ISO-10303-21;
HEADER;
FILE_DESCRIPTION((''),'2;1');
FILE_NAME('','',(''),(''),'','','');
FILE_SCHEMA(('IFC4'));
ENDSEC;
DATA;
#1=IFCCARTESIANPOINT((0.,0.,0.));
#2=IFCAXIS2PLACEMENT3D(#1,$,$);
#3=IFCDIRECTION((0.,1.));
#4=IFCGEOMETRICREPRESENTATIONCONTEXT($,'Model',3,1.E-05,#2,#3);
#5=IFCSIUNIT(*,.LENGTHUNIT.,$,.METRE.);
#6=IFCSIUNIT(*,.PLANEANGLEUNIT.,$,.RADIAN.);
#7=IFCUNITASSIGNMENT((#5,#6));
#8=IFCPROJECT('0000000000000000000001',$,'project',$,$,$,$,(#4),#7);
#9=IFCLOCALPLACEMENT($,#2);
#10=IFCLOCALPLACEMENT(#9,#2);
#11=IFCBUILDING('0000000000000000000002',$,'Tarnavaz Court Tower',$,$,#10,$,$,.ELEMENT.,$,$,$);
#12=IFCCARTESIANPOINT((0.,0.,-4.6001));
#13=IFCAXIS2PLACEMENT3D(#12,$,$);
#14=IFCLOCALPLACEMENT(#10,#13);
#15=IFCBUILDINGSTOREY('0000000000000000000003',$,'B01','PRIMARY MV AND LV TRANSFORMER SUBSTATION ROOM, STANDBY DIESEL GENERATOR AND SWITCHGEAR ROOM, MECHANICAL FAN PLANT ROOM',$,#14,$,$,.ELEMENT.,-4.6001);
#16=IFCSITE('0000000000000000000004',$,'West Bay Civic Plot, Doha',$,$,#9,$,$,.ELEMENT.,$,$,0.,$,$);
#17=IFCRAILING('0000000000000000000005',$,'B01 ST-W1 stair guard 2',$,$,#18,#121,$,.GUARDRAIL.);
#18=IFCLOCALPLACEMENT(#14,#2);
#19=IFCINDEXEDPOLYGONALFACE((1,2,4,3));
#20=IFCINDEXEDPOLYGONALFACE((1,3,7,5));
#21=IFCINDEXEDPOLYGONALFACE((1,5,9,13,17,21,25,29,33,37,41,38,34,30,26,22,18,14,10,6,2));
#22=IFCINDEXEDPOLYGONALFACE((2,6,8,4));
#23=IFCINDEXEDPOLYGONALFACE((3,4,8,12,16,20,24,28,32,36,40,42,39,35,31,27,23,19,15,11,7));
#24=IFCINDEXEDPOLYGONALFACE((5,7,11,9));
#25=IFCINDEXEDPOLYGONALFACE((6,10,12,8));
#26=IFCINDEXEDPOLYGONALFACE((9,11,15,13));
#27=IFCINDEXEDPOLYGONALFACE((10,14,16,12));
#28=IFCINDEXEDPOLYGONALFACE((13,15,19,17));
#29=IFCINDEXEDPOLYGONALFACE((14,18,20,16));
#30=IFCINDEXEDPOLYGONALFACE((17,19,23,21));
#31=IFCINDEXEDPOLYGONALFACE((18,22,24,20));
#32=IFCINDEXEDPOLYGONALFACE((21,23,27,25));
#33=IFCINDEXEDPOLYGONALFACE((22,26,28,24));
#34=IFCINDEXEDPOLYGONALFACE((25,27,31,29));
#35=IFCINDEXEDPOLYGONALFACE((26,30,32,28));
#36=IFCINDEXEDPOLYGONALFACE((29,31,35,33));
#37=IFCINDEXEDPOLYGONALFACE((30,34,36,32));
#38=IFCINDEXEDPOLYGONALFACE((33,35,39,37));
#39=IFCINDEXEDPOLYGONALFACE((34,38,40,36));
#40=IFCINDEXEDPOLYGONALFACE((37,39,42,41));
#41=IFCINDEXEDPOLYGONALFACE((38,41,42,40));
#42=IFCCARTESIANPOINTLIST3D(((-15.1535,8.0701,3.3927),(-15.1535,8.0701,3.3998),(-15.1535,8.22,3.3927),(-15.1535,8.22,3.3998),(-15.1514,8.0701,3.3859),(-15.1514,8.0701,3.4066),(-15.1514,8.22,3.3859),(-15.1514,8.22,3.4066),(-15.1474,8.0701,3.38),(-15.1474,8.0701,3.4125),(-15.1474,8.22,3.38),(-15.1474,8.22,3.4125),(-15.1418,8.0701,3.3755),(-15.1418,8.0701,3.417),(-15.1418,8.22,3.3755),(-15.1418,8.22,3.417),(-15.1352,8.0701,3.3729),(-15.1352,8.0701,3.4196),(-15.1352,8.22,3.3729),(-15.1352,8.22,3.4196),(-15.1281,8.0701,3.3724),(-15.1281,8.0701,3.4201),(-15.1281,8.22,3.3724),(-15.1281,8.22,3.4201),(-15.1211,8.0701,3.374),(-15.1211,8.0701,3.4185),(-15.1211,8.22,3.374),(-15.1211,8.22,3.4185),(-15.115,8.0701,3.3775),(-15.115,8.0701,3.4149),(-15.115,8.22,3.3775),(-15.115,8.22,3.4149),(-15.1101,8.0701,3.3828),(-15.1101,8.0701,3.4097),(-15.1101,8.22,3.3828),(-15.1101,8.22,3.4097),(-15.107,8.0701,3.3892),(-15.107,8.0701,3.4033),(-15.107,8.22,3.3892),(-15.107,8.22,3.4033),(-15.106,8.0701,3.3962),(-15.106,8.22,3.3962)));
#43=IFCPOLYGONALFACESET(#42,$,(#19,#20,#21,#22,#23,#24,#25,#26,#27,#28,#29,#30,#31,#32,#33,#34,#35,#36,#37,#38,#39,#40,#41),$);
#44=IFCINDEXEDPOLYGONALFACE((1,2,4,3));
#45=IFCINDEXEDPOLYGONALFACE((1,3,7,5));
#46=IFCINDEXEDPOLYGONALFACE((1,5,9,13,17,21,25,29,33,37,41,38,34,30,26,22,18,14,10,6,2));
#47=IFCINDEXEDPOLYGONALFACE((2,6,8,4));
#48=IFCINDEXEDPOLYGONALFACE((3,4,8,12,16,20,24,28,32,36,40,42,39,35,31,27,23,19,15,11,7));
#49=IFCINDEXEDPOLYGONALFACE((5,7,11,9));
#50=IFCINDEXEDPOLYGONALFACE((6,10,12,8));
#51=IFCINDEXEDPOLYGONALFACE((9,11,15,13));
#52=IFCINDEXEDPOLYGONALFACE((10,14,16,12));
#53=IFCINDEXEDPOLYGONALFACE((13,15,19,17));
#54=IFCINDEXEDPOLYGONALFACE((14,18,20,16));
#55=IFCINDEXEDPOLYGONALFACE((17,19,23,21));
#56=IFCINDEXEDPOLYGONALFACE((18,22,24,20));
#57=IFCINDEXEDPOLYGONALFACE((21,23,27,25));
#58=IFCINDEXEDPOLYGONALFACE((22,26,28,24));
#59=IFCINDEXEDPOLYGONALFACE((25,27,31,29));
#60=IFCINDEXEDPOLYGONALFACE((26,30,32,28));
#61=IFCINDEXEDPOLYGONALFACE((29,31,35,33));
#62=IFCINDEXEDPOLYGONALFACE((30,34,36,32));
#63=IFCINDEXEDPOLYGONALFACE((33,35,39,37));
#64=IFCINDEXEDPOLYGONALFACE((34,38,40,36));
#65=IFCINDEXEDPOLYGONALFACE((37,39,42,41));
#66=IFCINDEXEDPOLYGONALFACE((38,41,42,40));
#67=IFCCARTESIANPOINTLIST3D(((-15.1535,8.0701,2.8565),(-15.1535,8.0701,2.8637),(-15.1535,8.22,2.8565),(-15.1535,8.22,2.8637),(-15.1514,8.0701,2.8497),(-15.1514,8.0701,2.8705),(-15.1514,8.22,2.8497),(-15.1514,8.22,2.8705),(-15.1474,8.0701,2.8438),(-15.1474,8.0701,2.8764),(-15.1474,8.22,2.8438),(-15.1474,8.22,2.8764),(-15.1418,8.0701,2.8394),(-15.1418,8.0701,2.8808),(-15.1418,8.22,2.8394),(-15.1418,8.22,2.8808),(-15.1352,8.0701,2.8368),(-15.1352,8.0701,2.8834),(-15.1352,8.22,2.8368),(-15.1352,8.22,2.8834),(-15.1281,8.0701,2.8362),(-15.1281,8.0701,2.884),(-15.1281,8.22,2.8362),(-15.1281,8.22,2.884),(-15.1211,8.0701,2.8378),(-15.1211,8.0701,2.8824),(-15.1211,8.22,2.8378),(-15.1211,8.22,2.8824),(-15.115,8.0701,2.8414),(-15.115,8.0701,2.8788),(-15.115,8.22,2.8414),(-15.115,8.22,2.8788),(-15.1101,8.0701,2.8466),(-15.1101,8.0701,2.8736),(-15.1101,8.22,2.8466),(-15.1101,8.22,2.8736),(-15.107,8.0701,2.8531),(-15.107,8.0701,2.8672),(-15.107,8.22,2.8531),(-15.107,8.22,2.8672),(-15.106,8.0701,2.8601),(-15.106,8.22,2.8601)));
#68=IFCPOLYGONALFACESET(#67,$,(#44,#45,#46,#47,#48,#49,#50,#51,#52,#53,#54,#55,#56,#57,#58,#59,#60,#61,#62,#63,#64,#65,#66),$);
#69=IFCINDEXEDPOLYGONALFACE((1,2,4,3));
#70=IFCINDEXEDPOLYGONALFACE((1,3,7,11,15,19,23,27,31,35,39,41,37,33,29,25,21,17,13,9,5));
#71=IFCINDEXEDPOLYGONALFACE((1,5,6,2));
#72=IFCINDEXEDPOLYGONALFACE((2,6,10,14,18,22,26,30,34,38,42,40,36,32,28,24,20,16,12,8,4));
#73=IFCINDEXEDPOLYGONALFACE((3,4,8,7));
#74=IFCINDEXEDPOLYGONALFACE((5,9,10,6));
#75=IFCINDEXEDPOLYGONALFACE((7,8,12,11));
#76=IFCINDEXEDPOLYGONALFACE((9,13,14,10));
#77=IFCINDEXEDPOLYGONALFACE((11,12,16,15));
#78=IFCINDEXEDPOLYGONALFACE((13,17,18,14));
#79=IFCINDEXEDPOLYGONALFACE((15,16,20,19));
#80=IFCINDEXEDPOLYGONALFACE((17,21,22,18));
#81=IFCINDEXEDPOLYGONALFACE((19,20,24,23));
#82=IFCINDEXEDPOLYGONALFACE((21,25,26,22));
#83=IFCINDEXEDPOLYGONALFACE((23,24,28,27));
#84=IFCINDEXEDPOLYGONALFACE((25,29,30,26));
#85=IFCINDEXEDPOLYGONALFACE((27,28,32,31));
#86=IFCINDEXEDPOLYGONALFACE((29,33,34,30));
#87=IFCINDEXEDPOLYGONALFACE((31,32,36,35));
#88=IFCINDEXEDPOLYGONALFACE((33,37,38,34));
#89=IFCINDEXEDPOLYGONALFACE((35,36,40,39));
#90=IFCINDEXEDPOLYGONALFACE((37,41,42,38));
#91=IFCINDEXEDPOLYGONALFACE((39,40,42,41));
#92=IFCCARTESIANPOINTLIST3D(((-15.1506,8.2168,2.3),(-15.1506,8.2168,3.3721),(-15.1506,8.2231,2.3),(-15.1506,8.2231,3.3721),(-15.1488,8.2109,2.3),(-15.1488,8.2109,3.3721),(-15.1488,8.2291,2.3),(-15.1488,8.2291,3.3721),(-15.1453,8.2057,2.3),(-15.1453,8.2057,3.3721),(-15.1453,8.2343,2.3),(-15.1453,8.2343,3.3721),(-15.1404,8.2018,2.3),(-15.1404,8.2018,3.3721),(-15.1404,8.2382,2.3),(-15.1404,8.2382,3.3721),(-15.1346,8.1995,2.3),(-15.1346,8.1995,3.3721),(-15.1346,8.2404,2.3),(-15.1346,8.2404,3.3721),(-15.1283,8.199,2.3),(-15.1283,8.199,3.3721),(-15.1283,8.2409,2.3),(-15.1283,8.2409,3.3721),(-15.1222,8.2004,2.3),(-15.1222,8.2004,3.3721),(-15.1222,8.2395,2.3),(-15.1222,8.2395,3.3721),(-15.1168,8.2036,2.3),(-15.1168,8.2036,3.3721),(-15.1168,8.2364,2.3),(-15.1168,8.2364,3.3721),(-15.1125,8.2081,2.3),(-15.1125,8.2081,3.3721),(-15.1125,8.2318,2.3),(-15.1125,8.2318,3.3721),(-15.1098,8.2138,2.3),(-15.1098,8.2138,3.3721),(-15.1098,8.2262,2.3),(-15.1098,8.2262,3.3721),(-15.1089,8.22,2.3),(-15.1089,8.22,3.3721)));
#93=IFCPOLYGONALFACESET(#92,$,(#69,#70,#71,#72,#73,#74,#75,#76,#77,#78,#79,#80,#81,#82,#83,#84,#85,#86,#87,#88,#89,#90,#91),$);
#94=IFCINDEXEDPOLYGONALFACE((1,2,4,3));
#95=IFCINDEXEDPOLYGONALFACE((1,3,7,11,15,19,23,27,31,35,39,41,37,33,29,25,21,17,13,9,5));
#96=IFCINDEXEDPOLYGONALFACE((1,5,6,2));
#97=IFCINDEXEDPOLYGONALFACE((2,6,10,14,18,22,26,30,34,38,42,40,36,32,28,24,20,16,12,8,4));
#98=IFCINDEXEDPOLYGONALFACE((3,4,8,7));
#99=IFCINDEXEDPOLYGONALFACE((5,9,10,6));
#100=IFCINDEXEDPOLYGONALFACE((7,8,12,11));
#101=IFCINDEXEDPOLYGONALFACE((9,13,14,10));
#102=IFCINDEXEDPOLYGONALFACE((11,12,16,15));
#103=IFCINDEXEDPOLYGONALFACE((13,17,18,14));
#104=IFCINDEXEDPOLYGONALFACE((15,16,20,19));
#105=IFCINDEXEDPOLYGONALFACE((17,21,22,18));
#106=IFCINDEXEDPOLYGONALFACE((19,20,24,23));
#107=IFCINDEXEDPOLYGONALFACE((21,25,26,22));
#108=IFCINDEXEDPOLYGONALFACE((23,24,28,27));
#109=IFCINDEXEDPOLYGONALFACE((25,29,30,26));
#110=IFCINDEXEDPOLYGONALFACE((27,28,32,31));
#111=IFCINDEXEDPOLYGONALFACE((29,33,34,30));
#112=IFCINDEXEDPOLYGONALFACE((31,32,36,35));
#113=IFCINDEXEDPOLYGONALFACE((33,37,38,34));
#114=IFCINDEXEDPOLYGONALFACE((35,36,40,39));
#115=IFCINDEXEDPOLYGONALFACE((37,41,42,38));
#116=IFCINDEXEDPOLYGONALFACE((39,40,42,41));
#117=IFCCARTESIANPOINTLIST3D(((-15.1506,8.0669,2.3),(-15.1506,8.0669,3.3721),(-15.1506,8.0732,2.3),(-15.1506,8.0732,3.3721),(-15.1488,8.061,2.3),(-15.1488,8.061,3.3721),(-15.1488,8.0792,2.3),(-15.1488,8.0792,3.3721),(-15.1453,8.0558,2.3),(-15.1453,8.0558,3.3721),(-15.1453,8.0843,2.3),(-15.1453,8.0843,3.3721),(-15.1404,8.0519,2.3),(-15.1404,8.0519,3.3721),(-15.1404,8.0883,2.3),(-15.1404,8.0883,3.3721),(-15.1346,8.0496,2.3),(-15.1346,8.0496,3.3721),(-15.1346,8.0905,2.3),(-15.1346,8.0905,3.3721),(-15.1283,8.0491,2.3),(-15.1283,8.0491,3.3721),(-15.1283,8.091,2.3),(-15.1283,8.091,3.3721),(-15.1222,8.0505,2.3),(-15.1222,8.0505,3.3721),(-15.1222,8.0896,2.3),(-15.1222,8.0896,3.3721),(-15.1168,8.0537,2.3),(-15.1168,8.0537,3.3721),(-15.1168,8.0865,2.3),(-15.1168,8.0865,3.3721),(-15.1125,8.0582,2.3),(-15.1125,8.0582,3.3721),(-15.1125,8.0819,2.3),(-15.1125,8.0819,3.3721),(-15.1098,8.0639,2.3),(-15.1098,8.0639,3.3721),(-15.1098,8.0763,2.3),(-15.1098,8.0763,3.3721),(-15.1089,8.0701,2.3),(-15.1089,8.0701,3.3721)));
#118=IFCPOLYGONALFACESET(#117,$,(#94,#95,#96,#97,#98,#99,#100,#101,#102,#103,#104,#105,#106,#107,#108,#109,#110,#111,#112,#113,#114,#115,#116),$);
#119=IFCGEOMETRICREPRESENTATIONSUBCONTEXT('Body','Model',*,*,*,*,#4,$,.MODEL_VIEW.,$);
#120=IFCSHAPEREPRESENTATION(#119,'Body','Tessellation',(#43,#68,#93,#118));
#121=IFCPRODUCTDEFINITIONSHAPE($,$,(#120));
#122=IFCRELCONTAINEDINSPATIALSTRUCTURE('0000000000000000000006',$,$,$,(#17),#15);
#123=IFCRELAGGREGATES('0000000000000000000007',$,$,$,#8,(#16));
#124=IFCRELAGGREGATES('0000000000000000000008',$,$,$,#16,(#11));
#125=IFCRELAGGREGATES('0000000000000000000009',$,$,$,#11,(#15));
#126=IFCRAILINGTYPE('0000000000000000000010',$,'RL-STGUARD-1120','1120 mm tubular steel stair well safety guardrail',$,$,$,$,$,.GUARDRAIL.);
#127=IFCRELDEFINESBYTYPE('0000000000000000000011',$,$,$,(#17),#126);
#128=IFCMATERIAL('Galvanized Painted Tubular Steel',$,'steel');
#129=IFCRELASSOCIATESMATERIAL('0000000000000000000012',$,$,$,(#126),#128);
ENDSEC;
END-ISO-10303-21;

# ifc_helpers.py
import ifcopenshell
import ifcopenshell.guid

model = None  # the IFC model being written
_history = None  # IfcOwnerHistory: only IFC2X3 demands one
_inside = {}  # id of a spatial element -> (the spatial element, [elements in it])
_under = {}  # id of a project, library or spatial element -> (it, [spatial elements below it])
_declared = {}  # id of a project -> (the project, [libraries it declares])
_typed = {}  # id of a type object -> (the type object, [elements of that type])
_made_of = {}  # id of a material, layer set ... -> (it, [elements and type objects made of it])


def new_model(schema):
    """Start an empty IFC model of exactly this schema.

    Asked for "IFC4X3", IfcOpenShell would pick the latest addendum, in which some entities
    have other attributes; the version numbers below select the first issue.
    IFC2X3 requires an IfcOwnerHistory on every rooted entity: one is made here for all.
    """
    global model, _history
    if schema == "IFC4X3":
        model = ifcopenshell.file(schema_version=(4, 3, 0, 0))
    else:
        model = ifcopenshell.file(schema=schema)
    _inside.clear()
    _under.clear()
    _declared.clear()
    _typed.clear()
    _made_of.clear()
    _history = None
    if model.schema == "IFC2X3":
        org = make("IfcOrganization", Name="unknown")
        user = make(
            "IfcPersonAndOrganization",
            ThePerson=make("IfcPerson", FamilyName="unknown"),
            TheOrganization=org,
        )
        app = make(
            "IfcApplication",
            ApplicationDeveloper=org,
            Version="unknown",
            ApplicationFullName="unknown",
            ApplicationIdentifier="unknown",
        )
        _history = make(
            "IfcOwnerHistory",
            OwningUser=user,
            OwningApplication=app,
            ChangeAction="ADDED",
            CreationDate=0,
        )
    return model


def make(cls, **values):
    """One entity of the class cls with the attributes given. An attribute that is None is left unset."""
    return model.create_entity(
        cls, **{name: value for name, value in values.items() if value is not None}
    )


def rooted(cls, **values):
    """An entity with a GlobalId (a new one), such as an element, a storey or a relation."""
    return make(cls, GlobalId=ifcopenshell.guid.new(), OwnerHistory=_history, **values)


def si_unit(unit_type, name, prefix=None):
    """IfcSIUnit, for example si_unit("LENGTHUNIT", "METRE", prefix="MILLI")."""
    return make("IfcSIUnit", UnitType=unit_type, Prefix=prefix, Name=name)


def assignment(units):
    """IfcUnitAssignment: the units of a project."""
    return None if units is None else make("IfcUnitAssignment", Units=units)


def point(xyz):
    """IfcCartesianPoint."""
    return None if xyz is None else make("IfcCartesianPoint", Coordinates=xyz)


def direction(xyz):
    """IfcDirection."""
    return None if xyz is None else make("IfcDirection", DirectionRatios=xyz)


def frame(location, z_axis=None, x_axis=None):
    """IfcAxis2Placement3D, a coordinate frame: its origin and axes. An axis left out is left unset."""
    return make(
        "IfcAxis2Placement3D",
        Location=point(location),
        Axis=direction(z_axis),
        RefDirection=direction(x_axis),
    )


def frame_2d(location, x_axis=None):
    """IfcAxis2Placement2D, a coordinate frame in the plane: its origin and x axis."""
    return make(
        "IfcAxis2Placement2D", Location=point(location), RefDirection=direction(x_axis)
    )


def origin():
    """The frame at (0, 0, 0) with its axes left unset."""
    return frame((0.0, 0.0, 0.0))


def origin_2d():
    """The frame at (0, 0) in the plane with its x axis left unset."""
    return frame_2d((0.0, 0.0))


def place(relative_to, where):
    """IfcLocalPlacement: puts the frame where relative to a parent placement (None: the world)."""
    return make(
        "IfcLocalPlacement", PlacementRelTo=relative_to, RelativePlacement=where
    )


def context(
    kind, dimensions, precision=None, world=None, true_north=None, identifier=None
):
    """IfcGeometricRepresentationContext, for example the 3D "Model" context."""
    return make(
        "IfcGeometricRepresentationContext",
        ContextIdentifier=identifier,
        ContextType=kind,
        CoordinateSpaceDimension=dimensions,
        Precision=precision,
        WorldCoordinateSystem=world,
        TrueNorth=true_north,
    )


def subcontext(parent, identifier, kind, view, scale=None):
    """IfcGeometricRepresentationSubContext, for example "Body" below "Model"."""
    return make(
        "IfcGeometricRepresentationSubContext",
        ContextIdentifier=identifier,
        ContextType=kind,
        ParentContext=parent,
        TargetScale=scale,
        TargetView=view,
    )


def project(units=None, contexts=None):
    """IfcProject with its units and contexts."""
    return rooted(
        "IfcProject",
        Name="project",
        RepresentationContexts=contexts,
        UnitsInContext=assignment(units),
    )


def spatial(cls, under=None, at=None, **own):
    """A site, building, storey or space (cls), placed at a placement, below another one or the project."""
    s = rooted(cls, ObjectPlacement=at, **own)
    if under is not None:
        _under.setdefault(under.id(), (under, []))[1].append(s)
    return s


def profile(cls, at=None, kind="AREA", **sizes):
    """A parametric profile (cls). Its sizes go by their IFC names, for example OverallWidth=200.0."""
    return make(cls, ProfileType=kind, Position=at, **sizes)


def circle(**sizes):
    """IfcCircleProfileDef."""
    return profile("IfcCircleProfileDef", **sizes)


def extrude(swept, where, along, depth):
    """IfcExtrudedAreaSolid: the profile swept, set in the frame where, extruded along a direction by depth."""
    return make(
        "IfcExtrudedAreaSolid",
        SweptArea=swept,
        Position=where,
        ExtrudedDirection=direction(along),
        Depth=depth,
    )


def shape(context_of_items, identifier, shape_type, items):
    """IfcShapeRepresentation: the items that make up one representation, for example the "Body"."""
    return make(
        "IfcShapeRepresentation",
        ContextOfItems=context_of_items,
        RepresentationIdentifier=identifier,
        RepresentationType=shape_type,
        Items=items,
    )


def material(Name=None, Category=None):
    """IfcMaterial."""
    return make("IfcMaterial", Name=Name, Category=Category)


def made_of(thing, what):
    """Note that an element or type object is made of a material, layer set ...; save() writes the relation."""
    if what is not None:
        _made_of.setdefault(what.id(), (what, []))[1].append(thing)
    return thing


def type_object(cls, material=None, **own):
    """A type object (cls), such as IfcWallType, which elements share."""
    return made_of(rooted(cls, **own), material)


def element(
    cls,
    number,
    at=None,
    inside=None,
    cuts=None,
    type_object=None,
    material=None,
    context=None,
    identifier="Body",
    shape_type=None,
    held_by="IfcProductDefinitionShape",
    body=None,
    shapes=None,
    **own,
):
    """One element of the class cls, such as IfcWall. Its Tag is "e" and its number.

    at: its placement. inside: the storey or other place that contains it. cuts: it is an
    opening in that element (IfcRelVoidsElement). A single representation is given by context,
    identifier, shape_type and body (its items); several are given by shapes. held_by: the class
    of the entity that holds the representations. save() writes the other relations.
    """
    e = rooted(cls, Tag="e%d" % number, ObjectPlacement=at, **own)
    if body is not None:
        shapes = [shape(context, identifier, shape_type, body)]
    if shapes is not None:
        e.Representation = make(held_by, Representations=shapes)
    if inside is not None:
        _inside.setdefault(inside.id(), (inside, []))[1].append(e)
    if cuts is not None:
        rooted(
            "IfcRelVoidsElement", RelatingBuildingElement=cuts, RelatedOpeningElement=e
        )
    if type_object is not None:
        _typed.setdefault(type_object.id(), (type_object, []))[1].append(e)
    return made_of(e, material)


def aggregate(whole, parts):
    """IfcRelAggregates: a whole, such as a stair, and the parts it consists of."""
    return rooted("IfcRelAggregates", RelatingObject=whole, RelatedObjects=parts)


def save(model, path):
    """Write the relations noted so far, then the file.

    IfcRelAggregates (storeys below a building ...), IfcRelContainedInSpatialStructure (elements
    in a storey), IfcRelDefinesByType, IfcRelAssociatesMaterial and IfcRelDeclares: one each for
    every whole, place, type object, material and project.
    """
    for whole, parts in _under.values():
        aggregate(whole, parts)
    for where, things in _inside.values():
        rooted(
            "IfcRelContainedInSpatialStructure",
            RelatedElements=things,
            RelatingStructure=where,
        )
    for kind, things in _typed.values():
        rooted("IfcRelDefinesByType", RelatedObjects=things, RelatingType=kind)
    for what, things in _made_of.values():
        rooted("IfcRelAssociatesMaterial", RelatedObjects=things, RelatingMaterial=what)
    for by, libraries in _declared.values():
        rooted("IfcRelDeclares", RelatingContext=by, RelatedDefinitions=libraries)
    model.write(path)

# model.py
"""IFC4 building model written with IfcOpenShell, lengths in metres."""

from ifc_helpers import new_model, si_unit, direction, frame, origin, origin_2d, place, context, subcontext, project, spatial, circle, extrude, material, type_object, element, save


model = new_model("IFC4")

# Units and contexts
model_context = context("Model", 3, precision=1e-05, world=origin(), true_north=direction((0.0, 1.0)))
body_context = subcontext(model_context, "Body", "Model", "MODEL_VIEW")
ifc_project = project(units=[si_unit("LENGTHUNIT", "METRE"), si_unit("PLANEANGLEUNIT", "RADIAN")], contexts=[model_context])

# Site, building, storey
site_placement = place(None, origin())
site = spatial("IfcSite", under=ifc_project, at=site_placement, Name="West Bay Civic Plot, Doha", CompositionType="ELEMENT", RefElevation=0.0)
building_placement = place(site_placement, origin())
building = spatial("IfcBuilding", under=site, at=building_placement, Name="Tarnavaz Court Tower", CompositionType="ELEMENT")
storey_placement = place(building_placement, frame((0.0, 0.0, -4.6001)))
storey = spatial("IfcBuildingStorey", under=building, at=storey_placement, Name="B01", Description="PRIMARY MV AND LV TRANSFORMER SUBSTATION ROOM, STANDBY DIESEL GENERATOR AND SWITCHGEAR ROOM, MECHANICAL FAN PLANT ROOM", CompositionType="ELEMENT", Elevation=-4.6001)

# Railing
ifc_material_1 = material(Name="Galvanized Painted Tubular Steel", Category="steel")
railing_type_1 = type_object("IfcRailingType", Name="RL-STGUARD-1120", Description="1120 mm tubular steel stair well safety guardrail", PredefinedType="GUARDRAIL", material=ifc_material_1)
railing_1_placement = place(storey_placement, frame((-15.1299, 8.22, 2.3)))
element("IfcRailing", 1, at=railing_1_placement, inside=storey, type_object=railing_type_1, Name="B01 ST-W1 stair guard 2", PredefinedType="GUARDRAIL", context=body_context, shape_type="SweptSolid", body=[
    extrude(circle(Radius=0.0239, at=origin_2d()), frame((0.0, 0.0, 1.0962), z_axis=(0.0, -1.0, 0.0), x_axis=(1.0, 0.0, 0.0)), (0.0, 0.0, 1.0), 0.1499),
    extrude(circle(Radius=0.0239, at=origin_2d()), frame((0.0, 0.0, 0.5601), z_axis=(0.0, -1.0, 0.0), x_axis=(1.0, 0.0, 0.0)), (0.0, 0.0, 1.0), 0.1499),
    extrude(circle(Radius=0.021, at=origin_2d()), origin(), (0.0, 0.0, 1.0), 1.072),
    extrude(circle(Radius=0.021, at=origin_2d()), frame((0.0, -0.1499, 0.0)), (0.0, 0.0, 1.0), 1.072),
])

save(model, "model.ifc")
